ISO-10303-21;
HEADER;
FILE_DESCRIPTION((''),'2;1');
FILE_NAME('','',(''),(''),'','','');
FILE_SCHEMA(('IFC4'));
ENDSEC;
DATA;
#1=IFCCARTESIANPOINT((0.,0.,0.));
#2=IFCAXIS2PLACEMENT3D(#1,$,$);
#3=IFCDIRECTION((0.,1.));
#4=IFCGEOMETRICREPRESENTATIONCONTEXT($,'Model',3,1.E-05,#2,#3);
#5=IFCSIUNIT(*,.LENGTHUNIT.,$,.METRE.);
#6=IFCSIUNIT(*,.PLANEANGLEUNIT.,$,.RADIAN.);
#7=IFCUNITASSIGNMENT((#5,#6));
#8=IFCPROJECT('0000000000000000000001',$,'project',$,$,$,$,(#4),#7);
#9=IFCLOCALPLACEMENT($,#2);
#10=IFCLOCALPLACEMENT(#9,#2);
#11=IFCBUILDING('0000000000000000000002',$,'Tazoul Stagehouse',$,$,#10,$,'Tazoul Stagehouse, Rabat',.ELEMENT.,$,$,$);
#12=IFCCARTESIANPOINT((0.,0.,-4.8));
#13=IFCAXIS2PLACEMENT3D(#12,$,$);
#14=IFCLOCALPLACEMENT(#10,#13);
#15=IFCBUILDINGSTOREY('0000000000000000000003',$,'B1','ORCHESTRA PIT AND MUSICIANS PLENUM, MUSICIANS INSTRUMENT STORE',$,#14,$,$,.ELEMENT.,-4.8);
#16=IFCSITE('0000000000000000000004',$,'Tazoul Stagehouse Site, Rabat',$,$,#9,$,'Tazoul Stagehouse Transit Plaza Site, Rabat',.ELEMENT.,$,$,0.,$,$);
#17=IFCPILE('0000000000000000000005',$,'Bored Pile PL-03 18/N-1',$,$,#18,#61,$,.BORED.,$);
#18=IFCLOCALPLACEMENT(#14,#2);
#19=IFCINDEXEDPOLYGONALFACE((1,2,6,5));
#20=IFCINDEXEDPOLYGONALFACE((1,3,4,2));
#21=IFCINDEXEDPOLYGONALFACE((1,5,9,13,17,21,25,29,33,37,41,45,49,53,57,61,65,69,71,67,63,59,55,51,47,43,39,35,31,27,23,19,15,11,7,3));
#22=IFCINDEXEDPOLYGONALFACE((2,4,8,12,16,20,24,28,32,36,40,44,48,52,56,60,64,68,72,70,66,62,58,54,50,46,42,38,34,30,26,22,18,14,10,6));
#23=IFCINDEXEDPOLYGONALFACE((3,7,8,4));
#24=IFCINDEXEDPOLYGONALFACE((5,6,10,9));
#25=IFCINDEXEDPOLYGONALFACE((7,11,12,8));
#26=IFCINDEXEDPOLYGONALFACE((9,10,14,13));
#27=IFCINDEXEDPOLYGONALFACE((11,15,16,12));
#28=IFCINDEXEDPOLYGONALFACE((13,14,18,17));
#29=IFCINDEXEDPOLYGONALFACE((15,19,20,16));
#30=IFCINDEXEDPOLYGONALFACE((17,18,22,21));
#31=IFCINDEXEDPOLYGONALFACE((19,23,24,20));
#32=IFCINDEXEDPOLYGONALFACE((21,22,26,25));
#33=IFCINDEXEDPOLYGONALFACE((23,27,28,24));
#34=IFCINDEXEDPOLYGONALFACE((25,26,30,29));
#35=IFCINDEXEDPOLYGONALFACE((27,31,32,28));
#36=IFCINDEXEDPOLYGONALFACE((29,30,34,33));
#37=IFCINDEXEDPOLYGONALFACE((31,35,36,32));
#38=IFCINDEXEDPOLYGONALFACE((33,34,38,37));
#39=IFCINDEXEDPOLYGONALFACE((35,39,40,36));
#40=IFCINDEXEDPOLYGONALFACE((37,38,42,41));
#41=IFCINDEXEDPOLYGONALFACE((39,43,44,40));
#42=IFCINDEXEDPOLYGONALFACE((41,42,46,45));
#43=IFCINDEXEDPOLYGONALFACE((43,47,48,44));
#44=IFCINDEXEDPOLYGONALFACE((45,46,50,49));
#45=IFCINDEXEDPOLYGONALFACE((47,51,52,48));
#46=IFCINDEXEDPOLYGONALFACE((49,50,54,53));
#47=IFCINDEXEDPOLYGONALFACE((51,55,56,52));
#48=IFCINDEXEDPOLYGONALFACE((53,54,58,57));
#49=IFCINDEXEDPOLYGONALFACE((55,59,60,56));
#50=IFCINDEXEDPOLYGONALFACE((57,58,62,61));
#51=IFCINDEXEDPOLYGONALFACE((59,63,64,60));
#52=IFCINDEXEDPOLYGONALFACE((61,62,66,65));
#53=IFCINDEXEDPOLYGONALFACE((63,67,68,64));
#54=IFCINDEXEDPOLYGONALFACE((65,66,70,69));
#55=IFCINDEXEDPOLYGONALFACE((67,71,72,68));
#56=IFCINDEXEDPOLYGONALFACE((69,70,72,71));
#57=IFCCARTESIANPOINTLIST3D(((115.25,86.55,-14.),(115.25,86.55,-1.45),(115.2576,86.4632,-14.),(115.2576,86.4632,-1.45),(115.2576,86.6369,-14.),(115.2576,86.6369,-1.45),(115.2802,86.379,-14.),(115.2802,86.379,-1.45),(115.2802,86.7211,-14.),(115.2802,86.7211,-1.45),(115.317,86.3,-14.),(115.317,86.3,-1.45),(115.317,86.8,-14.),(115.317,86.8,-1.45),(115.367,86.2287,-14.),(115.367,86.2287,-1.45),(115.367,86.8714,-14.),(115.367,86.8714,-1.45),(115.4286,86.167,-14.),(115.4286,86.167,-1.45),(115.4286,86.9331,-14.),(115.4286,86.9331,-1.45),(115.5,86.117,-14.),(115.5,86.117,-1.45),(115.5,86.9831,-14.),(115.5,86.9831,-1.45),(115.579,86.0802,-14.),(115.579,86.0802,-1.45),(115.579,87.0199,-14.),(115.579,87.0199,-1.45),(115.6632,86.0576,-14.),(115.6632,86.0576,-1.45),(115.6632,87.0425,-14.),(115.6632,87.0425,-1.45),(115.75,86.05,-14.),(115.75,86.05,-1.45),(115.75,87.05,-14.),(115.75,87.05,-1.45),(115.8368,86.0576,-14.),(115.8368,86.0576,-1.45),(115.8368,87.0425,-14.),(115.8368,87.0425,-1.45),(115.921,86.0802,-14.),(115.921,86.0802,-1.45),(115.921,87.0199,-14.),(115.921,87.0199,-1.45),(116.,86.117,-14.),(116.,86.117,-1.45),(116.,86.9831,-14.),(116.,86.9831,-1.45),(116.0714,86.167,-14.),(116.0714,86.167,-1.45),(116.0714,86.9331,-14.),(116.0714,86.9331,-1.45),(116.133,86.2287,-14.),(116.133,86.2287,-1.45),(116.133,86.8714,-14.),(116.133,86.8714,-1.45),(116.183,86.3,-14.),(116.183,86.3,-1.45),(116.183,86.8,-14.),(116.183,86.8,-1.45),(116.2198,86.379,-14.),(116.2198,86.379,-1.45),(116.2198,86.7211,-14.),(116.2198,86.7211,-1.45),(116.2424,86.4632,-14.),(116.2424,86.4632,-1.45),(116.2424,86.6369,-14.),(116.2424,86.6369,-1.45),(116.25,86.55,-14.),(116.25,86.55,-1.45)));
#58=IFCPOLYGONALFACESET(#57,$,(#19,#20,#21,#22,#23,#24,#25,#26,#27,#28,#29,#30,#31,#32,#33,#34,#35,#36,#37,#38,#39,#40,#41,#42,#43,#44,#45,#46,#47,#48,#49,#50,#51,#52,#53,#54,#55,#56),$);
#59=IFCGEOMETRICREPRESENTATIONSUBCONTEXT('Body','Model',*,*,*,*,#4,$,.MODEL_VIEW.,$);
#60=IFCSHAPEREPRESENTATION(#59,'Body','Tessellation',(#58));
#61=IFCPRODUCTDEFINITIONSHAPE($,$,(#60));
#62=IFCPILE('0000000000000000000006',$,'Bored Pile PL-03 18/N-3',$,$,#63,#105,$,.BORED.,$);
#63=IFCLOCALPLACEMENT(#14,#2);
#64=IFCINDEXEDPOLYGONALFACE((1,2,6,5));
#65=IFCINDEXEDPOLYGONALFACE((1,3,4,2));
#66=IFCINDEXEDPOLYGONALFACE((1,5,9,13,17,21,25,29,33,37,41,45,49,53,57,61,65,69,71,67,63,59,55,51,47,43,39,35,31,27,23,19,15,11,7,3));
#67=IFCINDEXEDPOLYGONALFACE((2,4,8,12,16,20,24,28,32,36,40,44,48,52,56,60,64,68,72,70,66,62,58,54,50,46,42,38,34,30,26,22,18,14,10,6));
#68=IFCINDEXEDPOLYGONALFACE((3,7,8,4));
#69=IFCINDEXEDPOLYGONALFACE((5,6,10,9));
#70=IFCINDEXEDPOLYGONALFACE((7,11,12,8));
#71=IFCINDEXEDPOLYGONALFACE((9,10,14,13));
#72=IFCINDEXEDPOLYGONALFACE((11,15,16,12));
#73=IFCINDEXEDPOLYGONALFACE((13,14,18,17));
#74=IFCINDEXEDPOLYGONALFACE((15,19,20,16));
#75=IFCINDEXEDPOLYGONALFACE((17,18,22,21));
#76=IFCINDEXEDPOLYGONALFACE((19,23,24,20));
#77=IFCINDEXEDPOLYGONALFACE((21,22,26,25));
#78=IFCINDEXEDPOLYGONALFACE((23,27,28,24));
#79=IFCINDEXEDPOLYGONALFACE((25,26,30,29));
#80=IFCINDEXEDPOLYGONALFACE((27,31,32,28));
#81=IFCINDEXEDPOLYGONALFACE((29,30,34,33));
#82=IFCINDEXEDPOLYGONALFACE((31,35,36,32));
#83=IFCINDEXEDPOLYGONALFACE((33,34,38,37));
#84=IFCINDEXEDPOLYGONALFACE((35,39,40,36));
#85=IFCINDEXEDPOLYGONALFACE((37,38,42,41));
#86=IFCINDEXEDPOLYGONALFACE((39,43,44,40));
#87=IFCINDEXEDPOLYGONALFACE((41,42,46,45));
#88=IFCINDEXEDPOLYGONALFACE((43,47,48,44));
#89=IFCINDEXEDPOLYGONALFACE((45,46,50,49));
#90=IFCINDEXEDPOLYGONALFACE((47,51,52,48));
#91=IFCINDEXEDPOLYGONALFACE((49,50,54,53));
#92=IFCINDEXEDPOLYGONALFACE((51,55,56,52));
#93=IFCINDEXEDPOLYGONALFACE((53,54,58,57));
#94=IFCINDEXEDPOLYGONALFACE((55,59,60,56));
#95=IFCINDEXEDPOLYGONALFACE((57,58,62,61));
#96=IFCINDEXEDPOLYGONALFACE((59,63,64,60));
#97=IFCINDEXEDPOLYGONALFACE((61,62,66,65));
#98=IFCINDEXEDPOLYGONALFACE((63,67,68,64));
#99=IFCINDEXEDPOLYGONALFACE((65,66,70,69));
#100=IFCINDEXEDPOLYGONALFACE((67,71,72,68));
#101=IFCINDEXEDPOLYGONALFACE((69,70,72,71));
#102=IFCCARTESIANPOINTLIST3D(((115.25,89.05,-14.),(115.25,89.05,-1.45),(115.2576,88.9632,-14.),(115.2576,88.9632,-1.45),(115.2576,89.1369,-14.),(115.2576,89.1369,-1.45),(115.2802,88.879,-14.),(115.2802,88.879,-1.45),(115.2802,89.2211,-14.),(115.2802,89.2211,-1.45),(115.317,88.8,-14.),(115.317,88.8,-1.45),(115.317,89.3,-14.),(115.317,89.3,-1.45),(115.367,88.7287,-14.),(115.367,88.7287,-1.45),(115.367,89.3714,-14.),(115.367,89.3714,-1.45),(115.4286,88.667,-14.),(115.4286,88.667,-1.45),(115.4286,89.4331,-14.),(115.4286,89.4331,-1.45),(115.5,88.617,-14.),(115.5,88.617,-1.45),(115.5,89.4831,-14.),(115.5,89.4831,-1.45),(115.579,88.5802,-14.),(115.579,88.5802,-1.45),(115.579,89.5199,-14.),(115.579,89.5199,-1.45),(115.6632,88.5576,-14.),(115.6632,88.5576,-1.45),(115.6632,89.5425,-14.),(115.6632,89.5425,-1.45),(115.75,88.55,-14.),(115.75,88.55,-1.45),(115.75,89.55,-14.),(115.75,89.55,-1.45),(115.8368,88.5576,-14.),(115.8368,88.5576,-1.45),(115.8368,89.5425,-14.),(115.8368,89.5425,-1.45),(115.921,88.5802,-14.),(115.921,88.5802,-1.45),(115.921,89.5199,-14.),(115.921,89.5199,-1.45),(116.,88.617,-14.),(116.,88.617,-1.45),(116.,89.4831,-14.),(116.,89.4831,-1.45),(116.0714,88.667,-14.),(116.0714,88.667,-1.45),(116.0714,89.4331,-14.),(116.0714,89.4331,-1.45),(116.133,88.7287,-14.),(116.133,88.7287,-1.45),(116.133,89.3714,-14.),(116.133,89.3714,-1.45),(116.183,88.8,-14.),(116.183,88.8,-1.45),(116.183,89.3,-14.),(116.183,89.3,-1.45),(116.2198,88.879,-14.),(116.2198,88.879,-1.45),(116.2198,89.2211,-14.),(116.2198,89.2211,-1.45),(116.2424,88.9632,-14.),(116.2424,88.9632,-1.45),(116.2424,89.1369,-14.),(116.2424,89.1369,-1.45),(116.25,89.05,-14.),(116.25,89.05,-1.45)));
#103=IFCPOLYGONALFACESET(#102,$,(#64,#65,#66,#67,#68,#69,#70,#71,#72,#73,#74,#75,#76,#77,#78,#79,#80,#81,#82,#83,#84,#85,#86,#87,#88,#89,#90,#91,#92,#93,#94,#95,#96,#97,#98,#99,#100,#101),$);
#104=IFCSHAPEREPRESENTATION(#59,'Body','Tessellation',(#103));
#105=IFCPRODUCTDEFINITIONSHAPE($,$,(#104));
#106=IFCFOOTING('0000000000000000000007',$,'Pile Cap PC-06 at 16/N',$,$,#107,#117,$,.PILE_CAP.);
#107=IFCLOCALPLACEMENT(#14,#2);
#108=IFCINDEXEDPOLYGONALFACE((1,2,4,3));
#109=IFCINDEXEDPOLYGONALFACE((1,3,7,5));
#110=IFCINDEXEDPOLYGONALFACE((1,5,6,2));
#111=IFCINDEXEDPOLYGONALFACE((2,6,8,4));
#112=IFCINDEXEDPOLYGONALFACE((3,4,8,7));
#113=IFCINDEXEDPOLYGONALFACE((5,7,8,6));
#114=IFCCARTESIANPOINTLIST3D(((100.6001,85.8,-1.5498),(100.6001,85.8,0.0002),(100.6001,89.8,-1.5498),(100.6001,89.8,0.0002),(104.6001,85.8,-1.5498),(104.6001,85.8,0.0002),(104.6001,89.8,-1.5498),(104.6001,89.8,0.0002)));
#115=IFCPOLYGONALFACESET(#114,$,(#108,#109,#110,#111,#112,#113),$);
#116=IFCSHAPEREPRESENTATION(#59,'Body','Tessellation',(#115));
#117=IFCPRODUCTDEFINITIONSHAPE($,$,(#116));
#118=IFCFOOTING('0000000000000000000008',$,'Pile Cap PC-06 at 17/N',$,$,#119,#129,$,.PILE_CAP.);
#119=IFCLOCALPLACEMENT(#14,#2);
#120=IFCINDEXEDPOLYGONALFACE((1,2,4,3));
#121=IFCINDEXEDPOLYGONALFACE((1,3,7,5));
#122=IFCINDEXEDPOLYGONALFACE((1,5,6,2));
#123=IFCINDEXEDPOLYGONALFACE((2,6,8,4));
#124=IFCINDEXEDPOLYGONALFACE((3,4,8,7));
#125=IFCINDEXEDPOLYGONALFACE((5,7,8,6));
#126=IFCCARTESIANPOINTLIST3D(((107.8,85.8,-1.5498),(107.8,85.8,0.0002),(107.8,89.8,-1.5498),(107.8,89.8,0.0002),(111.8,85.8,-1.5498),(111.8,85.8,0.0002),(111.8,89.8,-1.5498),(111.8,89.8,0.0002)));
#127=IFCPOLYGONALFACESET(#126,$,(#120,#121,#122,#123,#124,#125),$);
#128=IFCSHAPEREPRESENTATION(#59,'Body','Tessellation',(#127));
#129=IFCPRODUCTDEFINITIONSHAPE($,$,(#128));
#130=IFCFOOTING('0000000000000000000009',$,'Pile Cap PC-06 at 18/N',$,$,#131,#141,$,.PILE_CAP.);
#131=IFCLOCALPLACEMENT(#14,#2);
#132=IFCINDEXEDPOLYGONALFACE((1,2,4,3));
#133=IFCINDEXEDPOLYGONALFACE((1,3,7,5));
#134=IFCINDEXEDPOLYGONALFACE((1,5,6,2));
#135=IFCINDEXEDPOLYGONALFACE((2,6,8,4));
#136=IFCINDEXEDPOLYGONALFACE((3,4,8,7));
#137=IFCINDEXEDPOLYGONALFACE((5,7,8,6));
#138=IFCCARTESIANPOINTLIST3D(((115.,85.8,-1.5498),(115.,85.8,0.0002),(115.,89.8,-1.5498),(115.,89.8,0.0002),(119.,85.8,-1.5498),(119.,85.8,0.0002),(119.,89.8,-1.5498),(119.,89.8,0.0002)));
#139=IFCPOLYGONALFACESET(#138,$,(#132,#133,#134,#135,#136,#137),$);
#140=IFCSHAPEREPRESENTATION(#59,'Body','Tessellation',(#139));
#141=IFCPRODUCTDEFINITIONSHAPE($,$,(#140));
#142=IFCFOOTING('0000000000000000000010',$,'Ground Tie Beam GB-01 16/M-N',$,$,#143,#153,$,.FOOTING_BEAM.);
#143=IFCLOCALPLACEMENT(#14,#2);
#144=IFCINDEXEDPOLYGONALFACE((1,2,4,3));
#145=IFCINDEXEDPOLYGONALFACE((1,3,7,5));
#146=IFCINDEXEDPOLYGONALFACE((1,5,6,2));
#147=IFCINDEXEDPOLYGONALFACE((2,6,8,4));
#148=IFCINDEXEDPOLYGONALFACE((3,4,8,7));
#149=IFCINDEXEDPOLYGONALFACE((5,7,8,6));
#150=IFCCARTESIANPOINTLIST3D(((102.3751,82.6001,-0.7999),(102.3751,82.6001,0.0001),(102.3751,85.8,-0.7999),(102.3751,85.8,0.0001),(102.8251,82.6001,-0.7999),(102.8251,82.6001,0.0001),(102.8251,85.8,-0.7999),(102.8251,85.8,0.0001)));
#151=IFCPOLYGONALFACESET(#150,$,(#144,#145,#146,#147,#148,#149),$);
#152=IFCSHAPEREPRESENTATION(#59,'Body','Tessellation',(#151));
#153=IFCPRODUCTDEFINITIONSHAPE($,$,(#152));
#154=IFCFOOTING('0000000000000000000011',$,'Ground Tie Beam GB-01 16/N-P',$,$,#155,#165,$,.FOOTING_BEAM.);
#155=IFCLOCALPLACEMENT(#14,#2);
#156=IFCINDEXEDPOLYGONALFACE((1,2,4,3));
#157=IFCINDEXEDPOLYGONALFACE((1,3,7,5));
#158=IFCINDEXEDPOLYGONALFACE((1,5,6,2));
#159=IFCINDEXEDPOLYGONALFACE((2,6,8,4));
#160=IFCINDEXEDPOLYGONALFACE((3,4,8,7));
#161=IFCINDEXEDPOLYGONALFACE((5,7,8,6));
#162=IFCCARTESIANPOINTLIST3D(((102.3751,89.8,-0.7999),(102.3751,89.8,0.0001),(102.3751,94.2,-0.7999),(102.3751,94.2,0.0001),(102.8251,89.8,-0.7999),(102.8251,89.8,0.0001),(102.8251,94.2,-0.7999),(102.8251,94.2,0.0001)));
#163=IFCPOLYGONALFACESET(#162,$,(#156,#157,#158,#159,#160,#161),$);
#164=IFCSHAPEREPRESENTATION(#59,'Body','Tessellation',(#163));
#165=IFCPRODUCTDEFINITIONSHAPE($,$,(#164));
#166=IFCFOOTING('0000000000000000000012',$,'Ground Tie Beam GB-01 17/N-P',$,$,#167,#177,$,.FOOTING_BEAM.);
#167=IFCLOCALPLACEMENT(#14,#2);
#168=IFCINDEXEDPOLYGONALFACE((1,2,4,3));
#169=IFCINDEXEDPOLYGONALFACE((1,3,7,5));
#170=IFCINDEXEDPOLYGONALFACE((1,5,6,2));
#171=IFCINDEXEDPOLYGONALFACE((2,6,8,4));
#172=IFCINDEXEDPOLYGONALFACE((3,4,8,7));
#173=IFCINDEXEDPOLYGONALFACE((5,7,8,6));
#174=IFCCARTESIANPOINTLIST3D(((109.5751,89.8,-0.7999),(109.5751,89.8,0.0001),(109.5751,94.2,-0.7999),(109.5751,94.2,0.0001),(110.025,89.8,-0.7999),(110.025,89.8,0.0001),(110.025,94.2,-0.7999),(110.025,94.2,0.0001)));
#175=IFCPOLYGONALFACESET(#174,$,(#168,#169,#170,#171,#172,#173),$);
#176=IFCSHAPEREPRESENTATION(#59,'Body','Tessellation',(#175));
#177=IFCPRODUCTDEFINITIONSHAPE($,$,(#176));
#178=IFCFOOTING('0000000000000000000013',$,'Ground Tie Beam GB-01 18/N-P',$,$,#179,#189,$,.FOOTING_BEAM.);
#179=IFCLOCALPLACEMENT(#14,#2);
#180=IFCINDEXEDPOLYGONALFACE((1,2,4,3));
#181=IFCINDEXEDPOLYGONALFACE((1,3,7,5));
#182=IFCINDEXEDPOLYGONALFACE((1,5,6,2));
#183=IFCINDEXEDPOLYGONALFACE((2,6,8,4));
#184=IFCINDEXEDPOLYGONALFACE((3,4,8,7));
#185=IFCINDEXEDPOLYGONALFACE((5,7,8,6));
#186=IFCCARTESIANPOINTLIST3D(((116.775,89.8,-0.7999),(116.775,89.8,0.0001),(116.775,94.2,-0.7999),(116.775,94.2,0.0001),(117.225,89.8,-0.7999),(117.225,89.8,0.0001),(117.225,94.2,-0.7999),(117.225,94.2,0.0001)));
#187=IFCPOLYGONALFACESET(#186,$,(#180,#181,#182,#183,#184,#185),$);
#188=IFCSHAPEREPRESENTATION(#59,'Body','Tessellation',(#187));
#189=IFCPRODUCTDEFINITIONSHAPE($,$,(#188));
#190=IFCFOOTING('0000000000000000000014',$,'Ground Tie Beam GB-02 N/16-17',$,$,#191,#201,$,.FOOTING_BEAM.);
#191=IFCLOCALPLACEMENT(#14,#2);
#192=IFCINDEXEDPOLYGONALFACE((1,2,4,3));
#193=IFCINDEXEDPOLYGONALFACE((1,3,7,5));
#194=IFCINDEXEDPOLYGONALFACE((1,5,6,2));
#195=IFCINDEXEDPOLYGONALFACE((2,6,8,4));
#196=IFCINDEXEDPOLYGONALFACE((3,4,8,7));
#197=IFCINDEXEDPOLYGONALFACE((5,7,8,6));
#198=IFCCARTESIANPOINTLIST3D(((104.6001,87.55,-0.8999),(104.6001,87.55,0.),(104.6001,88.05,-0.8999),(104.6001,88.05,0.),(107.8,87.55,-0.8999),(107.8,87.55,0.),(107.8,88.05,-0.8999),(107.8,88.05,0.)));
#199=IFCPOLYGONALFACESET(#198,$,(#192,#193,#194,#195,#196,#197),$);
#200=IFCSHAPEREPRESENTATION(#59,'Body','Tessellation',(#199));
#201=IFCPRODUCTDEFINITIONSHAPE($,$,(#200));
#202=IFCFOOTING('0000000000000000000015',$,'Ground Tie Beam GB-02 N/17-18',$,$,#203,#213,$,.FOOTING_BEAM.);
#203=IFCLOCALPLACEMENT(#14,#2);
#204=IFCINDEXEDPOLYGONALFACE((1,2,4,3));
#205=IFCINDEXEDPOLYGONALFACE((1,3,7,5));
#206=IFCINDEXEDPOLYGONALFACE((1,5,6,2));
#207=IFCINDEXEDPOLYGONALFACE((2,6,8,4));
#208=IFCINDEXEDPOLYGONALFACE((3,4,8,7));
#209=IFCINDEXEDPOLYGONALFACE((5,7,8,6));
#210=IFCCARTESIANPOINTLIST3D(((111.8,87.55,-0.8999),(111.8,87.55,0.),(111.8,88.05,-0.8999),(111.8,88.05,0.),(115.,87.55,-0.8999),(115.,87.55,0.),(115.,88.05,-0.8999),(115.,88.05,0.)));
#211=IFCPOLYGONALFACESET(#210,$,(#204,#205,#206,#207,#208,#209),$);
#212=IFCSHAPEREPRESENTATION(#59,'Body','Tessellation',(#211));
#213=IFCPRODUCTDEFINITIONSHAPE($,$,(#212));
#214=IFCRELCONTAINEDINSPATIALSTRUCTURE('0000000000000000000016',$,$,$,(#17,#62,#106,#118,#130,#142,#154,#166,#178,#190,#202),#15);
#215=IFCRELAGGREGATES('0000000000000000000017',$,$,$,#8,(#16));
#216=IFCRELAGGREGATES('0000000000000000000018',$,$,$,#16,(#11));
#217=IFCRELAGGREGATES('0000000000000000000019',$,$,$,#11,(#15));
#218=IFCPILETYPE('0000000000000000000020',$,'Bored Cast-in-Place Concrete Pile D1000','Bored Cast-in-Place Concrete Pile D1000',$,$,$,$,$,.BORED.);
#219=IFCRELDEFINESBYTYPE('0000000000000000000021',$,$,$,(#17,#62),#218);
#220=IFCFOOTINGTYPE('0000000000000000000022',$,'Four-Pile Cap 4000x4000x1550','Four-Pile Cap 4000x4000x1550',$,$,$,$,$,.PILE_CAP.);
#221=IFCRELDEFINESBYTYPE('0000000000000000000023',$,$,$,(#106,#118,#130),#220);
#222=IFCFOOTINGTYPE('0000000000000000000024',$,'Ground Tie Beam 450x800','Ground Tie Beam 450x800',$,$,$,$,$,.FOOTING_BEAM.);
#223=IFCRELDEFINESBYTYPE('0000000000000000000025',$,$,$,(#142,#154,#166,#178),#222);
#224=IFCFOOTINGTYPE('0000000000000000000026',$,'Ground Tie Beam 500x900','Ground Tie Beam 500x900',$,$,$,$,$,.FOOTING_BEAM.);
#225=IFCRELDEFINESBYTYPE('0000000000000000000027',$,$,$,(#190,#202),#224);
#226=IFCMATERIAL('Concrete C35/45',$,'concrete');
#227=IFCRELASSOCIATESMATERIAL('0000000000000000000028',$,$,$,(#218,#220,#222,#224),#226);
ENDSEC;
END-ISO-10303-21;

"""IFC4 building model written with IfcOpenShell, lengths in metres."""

from ifc_helpers import new_model, si_unit, direction, frame, origin, origin_2d, place, context, subcontext, project, spatial, rectangle, circle, extrude, material, material_profile, profile_set, type_object, element, save


model = new_model("IFC4")

# Units and contexts
model_context = context("Model", 3, precision=1e-05, world=origin(), true_north=direction((0.0, 1.0)))
body_context = subcontext(model_context, "Body", "Model", "MODEL_VIEW")
ifc_project = project(units=[si_unit("LENGTHUNIT", "METRE"), si_unit("PLANEANGLEUNIT", "RADIAN")], contexts=[model_context])

# Site, building, storey
site_placement = place(None, origin())
site = spatial("IfcSite", under=ifc_project, at=site_placement, Name="Tazoul Stagehouse Site, Rabat", LongName="Tazoul Stagehouse Transit Plaza Site, Rabat", CompositionType="ELEMENT", RefElevation=0.0)
building_placement = place(site_placement, origin())
building = spatial("IfcBuilding", under=site, at=building_placement, Name="Tazoul Stagehouse", LongName="Tazoul Stagehouse, Rabat", CompositionType="ELEMENT")
storey_placement = place(building_placement, frame((0.0, 0.0, -4.8)))
storey = spatial("IfcBuildingStorey", under=building, at=storey_placement, Name="B1", Description="ORCHESTRA PIT AND MUSICIANS PLENUM, MUSICIANS INSTRUMENT STORE", CompositionType="ELEMENT", Elevation=-4.8)

# Piles
ifc_material_1 = material(Name="Concrete C35/45", Category="concrete")
ifc_material_profile_1 = material_profile(ifc_material_1, circle(Radius=0.5, at=origin_2d()), Name="BORED PILE 1000")
ifc_profile_set_1 = profile_set([ifc_material_profile_1], Name="Concrete C35/45")
pile_type = type_object("IfcPileType", Name="Bored Cast-in-Place Concrete Pile D1000", Description="Bored Cast-in-Place Concrete Pile D1000", PredefinedType="BORED", material=ifc_profile_set_1)
for number, where, z_axis, x_axis, name in (
    (1, (115.75, 86.55, -1.45), (0.0, 0.0, -1.0), (1.0, 0.0, 0.0), "Bored Pile PL-03 18/N-1"),
    (2, (115.75, 89.05, -1.45), (0.0, 0.0, -1.0), (1.0, 0.0, 0.0), "Bored Pile PL-03 18/N-3"),
):
    element("IfcPile", number, at=place(storey_placement, frame(where, z_axis=z_axis, x_axis=x_axis)), inside=storey, type_object=pile_type, Name=name, PredefinedType="BORED", context=body_context, shape_type="SweptSolid", body=[
        extrude(circle(Radius=0.5, at=origin_2d()), origin(), (0.0, 0.0, 1.0), 12.55),
    ])

# Footings
footing_type_1 = type_object("IfcFootingType", Name="Four-Pile Cap 4000x4000x1550", Description="Four-Pile Cap 4000x4000x1550", PredefinedType="PILE_CAP", material=ifc_material_1)
for number, where, z_axis, x_axis, name in (
    (3, (102.6001, 87.8, -1.5498), (0.0, 0.0, 1.0), (1.0, 0.0, 0.0), "Pile Cap PC-06 at 16/N"),
    (4, (109.8, 87.8, -1.5498), (0.0, 0.0, 1.0), (1.0, 0.0, 0.0), "Pile Cap PC-06 at 17/N"),
    (5, (117.0, 87.8, -1.5498), (0.0, 0.0, 1.0), (1.0, 0.0, 0.0), "Pile Cap PC-06 at 18/N"),
):
    element("IfcFooting", number, at=place(storey_placement, frame(where, z_axis=z_axis, x_axis=x_axis)), inside=storey, type_object=footing_type_1, Name=name, PredefinedType="PILE_CAP", context=body_context, shape_type="SweptSolid", body=[
        extrude(rectangle(XDim=4.0, YDim=4.0, at=origin_2d()), origin(), (0.0, 0.0, 1.0), 1.55),
    ])
ifc_material_profile_2 = material_profile(ifc_material_1, rectangle(XDim=0.45, YDim=0.8, at=origin_2d()), Name="RC 450x800")
ifc_profile_set_2 = profile_set([ifc_material_profile_2], Name="Concrete C35/45")
footing_type_2 = type_object("IfcFootingType", Name="Ground Tie Beam 450x800", Description="Ground Tie Beam 450x800", PredefinedType="FOOTING_BEAM", material=ifc_profile_set_2)
footing_1_placement = place(storey_placement, frame((102.6001, 82.6001, -0.3999), z_axis=(0.0, 1.0, 0.0), x_axis=(-1.0, 0.0, 0.0)))
element("IfcFooting", 6, at=footing_1_placement, inside=storey, type_object=footing_type_2, Name="Ground Tie Beam GB-01 16/M-N", PredefinedType="FOOTING_BEAM", context=body_context, shape_type="SweptSolid", body=[
    extrude(rectangle(XDim=0.45, YDim=0.8, at=origin_2d()), origin(), (0.0, 0.0, 1.0), 3.2),
])
for number, where, z_axis, x_axis, name in (
    (7, (102.6001, 89.8, -0.3999), (0.0, 1.0, 0.0), (-1.0, 0.0, 0.0), "Ground Tie Beam GB-01 16/N-P"),
    (8, (109.8, 89.8, -0.3999), (0.0, 1.0, 0.0), (-1.0, 0.0, 0.0), "Ground Tie Beam GB-01 17/N-P"),
    (9, (117.0, 89.8, -0.3999), (0.0, 1.0, 0.0), (-1.0, 0.0, 0.0), "Ground Tie Beam GB-01 18/N-P"),
):
    element("IfcFooting", number, at=place(storey_placement, frame(where, z_axis=z_axis, x_axis=x_axis)), inside=storey, type_object=footing_type_2, Name=name, PredefinedType="FOOTING_BEAM", context=body_context, shape_type="SweptSolid", body=[
        extrude(rectangle(XDim=0.45, YDim=0.8, at=origin_2d()), origin(), (0.0, 0.0, 1.0), 4.3999),
    ])
ifc_material_profile_3 = material_profile(ifc_material_1, rectangle(XDim=0.5, YDim=0.8999, at=origin_2d()), Name="RC 500x900")
ifc_profile_set_3 = profile_set([ifc_material_profile_3], Name="Concrete C35/45")
footing_type_3 = type_object("IfcFootingType", Name="Ground Tie Beam 500x900", Description="Ground Tie Beam 500x900", PredefinedType="FOOTING_BEAM", material=ifc_profile_set_3)
for number, where, z_axis, x_axis, name in (
    (10, (104.6001, 87.8, -0.45), (1.0, 0.0, 0.0), (0.0, 1.0, 0.0), "Ground Tie Beam GB-02 N/16-17"),
    (11, (111.8, 87.8, -0.45), (1.0, 0.0, 0.0), (0.0, 1.0, 0.0), "Ground Tie Beam GB-02 N/17-18"),
):
    element("IfcFooting", number, at=place(storey_placement, frame(where, z_axis=z_axis, x_axis=x_axis)), inside=storey, type_object=footing_type_3, Name=name, PredefinedType="FOOTING_BEAM", context=body_context, shape_type="SweptSolid", body=[
        extrude(rectangle(XDim=0.5, YDim=0.8999, at=origin_2d()), origin(), (0.0, 0.0, 1.0), 3.2),
    ])

save(model, "model.ifc")
